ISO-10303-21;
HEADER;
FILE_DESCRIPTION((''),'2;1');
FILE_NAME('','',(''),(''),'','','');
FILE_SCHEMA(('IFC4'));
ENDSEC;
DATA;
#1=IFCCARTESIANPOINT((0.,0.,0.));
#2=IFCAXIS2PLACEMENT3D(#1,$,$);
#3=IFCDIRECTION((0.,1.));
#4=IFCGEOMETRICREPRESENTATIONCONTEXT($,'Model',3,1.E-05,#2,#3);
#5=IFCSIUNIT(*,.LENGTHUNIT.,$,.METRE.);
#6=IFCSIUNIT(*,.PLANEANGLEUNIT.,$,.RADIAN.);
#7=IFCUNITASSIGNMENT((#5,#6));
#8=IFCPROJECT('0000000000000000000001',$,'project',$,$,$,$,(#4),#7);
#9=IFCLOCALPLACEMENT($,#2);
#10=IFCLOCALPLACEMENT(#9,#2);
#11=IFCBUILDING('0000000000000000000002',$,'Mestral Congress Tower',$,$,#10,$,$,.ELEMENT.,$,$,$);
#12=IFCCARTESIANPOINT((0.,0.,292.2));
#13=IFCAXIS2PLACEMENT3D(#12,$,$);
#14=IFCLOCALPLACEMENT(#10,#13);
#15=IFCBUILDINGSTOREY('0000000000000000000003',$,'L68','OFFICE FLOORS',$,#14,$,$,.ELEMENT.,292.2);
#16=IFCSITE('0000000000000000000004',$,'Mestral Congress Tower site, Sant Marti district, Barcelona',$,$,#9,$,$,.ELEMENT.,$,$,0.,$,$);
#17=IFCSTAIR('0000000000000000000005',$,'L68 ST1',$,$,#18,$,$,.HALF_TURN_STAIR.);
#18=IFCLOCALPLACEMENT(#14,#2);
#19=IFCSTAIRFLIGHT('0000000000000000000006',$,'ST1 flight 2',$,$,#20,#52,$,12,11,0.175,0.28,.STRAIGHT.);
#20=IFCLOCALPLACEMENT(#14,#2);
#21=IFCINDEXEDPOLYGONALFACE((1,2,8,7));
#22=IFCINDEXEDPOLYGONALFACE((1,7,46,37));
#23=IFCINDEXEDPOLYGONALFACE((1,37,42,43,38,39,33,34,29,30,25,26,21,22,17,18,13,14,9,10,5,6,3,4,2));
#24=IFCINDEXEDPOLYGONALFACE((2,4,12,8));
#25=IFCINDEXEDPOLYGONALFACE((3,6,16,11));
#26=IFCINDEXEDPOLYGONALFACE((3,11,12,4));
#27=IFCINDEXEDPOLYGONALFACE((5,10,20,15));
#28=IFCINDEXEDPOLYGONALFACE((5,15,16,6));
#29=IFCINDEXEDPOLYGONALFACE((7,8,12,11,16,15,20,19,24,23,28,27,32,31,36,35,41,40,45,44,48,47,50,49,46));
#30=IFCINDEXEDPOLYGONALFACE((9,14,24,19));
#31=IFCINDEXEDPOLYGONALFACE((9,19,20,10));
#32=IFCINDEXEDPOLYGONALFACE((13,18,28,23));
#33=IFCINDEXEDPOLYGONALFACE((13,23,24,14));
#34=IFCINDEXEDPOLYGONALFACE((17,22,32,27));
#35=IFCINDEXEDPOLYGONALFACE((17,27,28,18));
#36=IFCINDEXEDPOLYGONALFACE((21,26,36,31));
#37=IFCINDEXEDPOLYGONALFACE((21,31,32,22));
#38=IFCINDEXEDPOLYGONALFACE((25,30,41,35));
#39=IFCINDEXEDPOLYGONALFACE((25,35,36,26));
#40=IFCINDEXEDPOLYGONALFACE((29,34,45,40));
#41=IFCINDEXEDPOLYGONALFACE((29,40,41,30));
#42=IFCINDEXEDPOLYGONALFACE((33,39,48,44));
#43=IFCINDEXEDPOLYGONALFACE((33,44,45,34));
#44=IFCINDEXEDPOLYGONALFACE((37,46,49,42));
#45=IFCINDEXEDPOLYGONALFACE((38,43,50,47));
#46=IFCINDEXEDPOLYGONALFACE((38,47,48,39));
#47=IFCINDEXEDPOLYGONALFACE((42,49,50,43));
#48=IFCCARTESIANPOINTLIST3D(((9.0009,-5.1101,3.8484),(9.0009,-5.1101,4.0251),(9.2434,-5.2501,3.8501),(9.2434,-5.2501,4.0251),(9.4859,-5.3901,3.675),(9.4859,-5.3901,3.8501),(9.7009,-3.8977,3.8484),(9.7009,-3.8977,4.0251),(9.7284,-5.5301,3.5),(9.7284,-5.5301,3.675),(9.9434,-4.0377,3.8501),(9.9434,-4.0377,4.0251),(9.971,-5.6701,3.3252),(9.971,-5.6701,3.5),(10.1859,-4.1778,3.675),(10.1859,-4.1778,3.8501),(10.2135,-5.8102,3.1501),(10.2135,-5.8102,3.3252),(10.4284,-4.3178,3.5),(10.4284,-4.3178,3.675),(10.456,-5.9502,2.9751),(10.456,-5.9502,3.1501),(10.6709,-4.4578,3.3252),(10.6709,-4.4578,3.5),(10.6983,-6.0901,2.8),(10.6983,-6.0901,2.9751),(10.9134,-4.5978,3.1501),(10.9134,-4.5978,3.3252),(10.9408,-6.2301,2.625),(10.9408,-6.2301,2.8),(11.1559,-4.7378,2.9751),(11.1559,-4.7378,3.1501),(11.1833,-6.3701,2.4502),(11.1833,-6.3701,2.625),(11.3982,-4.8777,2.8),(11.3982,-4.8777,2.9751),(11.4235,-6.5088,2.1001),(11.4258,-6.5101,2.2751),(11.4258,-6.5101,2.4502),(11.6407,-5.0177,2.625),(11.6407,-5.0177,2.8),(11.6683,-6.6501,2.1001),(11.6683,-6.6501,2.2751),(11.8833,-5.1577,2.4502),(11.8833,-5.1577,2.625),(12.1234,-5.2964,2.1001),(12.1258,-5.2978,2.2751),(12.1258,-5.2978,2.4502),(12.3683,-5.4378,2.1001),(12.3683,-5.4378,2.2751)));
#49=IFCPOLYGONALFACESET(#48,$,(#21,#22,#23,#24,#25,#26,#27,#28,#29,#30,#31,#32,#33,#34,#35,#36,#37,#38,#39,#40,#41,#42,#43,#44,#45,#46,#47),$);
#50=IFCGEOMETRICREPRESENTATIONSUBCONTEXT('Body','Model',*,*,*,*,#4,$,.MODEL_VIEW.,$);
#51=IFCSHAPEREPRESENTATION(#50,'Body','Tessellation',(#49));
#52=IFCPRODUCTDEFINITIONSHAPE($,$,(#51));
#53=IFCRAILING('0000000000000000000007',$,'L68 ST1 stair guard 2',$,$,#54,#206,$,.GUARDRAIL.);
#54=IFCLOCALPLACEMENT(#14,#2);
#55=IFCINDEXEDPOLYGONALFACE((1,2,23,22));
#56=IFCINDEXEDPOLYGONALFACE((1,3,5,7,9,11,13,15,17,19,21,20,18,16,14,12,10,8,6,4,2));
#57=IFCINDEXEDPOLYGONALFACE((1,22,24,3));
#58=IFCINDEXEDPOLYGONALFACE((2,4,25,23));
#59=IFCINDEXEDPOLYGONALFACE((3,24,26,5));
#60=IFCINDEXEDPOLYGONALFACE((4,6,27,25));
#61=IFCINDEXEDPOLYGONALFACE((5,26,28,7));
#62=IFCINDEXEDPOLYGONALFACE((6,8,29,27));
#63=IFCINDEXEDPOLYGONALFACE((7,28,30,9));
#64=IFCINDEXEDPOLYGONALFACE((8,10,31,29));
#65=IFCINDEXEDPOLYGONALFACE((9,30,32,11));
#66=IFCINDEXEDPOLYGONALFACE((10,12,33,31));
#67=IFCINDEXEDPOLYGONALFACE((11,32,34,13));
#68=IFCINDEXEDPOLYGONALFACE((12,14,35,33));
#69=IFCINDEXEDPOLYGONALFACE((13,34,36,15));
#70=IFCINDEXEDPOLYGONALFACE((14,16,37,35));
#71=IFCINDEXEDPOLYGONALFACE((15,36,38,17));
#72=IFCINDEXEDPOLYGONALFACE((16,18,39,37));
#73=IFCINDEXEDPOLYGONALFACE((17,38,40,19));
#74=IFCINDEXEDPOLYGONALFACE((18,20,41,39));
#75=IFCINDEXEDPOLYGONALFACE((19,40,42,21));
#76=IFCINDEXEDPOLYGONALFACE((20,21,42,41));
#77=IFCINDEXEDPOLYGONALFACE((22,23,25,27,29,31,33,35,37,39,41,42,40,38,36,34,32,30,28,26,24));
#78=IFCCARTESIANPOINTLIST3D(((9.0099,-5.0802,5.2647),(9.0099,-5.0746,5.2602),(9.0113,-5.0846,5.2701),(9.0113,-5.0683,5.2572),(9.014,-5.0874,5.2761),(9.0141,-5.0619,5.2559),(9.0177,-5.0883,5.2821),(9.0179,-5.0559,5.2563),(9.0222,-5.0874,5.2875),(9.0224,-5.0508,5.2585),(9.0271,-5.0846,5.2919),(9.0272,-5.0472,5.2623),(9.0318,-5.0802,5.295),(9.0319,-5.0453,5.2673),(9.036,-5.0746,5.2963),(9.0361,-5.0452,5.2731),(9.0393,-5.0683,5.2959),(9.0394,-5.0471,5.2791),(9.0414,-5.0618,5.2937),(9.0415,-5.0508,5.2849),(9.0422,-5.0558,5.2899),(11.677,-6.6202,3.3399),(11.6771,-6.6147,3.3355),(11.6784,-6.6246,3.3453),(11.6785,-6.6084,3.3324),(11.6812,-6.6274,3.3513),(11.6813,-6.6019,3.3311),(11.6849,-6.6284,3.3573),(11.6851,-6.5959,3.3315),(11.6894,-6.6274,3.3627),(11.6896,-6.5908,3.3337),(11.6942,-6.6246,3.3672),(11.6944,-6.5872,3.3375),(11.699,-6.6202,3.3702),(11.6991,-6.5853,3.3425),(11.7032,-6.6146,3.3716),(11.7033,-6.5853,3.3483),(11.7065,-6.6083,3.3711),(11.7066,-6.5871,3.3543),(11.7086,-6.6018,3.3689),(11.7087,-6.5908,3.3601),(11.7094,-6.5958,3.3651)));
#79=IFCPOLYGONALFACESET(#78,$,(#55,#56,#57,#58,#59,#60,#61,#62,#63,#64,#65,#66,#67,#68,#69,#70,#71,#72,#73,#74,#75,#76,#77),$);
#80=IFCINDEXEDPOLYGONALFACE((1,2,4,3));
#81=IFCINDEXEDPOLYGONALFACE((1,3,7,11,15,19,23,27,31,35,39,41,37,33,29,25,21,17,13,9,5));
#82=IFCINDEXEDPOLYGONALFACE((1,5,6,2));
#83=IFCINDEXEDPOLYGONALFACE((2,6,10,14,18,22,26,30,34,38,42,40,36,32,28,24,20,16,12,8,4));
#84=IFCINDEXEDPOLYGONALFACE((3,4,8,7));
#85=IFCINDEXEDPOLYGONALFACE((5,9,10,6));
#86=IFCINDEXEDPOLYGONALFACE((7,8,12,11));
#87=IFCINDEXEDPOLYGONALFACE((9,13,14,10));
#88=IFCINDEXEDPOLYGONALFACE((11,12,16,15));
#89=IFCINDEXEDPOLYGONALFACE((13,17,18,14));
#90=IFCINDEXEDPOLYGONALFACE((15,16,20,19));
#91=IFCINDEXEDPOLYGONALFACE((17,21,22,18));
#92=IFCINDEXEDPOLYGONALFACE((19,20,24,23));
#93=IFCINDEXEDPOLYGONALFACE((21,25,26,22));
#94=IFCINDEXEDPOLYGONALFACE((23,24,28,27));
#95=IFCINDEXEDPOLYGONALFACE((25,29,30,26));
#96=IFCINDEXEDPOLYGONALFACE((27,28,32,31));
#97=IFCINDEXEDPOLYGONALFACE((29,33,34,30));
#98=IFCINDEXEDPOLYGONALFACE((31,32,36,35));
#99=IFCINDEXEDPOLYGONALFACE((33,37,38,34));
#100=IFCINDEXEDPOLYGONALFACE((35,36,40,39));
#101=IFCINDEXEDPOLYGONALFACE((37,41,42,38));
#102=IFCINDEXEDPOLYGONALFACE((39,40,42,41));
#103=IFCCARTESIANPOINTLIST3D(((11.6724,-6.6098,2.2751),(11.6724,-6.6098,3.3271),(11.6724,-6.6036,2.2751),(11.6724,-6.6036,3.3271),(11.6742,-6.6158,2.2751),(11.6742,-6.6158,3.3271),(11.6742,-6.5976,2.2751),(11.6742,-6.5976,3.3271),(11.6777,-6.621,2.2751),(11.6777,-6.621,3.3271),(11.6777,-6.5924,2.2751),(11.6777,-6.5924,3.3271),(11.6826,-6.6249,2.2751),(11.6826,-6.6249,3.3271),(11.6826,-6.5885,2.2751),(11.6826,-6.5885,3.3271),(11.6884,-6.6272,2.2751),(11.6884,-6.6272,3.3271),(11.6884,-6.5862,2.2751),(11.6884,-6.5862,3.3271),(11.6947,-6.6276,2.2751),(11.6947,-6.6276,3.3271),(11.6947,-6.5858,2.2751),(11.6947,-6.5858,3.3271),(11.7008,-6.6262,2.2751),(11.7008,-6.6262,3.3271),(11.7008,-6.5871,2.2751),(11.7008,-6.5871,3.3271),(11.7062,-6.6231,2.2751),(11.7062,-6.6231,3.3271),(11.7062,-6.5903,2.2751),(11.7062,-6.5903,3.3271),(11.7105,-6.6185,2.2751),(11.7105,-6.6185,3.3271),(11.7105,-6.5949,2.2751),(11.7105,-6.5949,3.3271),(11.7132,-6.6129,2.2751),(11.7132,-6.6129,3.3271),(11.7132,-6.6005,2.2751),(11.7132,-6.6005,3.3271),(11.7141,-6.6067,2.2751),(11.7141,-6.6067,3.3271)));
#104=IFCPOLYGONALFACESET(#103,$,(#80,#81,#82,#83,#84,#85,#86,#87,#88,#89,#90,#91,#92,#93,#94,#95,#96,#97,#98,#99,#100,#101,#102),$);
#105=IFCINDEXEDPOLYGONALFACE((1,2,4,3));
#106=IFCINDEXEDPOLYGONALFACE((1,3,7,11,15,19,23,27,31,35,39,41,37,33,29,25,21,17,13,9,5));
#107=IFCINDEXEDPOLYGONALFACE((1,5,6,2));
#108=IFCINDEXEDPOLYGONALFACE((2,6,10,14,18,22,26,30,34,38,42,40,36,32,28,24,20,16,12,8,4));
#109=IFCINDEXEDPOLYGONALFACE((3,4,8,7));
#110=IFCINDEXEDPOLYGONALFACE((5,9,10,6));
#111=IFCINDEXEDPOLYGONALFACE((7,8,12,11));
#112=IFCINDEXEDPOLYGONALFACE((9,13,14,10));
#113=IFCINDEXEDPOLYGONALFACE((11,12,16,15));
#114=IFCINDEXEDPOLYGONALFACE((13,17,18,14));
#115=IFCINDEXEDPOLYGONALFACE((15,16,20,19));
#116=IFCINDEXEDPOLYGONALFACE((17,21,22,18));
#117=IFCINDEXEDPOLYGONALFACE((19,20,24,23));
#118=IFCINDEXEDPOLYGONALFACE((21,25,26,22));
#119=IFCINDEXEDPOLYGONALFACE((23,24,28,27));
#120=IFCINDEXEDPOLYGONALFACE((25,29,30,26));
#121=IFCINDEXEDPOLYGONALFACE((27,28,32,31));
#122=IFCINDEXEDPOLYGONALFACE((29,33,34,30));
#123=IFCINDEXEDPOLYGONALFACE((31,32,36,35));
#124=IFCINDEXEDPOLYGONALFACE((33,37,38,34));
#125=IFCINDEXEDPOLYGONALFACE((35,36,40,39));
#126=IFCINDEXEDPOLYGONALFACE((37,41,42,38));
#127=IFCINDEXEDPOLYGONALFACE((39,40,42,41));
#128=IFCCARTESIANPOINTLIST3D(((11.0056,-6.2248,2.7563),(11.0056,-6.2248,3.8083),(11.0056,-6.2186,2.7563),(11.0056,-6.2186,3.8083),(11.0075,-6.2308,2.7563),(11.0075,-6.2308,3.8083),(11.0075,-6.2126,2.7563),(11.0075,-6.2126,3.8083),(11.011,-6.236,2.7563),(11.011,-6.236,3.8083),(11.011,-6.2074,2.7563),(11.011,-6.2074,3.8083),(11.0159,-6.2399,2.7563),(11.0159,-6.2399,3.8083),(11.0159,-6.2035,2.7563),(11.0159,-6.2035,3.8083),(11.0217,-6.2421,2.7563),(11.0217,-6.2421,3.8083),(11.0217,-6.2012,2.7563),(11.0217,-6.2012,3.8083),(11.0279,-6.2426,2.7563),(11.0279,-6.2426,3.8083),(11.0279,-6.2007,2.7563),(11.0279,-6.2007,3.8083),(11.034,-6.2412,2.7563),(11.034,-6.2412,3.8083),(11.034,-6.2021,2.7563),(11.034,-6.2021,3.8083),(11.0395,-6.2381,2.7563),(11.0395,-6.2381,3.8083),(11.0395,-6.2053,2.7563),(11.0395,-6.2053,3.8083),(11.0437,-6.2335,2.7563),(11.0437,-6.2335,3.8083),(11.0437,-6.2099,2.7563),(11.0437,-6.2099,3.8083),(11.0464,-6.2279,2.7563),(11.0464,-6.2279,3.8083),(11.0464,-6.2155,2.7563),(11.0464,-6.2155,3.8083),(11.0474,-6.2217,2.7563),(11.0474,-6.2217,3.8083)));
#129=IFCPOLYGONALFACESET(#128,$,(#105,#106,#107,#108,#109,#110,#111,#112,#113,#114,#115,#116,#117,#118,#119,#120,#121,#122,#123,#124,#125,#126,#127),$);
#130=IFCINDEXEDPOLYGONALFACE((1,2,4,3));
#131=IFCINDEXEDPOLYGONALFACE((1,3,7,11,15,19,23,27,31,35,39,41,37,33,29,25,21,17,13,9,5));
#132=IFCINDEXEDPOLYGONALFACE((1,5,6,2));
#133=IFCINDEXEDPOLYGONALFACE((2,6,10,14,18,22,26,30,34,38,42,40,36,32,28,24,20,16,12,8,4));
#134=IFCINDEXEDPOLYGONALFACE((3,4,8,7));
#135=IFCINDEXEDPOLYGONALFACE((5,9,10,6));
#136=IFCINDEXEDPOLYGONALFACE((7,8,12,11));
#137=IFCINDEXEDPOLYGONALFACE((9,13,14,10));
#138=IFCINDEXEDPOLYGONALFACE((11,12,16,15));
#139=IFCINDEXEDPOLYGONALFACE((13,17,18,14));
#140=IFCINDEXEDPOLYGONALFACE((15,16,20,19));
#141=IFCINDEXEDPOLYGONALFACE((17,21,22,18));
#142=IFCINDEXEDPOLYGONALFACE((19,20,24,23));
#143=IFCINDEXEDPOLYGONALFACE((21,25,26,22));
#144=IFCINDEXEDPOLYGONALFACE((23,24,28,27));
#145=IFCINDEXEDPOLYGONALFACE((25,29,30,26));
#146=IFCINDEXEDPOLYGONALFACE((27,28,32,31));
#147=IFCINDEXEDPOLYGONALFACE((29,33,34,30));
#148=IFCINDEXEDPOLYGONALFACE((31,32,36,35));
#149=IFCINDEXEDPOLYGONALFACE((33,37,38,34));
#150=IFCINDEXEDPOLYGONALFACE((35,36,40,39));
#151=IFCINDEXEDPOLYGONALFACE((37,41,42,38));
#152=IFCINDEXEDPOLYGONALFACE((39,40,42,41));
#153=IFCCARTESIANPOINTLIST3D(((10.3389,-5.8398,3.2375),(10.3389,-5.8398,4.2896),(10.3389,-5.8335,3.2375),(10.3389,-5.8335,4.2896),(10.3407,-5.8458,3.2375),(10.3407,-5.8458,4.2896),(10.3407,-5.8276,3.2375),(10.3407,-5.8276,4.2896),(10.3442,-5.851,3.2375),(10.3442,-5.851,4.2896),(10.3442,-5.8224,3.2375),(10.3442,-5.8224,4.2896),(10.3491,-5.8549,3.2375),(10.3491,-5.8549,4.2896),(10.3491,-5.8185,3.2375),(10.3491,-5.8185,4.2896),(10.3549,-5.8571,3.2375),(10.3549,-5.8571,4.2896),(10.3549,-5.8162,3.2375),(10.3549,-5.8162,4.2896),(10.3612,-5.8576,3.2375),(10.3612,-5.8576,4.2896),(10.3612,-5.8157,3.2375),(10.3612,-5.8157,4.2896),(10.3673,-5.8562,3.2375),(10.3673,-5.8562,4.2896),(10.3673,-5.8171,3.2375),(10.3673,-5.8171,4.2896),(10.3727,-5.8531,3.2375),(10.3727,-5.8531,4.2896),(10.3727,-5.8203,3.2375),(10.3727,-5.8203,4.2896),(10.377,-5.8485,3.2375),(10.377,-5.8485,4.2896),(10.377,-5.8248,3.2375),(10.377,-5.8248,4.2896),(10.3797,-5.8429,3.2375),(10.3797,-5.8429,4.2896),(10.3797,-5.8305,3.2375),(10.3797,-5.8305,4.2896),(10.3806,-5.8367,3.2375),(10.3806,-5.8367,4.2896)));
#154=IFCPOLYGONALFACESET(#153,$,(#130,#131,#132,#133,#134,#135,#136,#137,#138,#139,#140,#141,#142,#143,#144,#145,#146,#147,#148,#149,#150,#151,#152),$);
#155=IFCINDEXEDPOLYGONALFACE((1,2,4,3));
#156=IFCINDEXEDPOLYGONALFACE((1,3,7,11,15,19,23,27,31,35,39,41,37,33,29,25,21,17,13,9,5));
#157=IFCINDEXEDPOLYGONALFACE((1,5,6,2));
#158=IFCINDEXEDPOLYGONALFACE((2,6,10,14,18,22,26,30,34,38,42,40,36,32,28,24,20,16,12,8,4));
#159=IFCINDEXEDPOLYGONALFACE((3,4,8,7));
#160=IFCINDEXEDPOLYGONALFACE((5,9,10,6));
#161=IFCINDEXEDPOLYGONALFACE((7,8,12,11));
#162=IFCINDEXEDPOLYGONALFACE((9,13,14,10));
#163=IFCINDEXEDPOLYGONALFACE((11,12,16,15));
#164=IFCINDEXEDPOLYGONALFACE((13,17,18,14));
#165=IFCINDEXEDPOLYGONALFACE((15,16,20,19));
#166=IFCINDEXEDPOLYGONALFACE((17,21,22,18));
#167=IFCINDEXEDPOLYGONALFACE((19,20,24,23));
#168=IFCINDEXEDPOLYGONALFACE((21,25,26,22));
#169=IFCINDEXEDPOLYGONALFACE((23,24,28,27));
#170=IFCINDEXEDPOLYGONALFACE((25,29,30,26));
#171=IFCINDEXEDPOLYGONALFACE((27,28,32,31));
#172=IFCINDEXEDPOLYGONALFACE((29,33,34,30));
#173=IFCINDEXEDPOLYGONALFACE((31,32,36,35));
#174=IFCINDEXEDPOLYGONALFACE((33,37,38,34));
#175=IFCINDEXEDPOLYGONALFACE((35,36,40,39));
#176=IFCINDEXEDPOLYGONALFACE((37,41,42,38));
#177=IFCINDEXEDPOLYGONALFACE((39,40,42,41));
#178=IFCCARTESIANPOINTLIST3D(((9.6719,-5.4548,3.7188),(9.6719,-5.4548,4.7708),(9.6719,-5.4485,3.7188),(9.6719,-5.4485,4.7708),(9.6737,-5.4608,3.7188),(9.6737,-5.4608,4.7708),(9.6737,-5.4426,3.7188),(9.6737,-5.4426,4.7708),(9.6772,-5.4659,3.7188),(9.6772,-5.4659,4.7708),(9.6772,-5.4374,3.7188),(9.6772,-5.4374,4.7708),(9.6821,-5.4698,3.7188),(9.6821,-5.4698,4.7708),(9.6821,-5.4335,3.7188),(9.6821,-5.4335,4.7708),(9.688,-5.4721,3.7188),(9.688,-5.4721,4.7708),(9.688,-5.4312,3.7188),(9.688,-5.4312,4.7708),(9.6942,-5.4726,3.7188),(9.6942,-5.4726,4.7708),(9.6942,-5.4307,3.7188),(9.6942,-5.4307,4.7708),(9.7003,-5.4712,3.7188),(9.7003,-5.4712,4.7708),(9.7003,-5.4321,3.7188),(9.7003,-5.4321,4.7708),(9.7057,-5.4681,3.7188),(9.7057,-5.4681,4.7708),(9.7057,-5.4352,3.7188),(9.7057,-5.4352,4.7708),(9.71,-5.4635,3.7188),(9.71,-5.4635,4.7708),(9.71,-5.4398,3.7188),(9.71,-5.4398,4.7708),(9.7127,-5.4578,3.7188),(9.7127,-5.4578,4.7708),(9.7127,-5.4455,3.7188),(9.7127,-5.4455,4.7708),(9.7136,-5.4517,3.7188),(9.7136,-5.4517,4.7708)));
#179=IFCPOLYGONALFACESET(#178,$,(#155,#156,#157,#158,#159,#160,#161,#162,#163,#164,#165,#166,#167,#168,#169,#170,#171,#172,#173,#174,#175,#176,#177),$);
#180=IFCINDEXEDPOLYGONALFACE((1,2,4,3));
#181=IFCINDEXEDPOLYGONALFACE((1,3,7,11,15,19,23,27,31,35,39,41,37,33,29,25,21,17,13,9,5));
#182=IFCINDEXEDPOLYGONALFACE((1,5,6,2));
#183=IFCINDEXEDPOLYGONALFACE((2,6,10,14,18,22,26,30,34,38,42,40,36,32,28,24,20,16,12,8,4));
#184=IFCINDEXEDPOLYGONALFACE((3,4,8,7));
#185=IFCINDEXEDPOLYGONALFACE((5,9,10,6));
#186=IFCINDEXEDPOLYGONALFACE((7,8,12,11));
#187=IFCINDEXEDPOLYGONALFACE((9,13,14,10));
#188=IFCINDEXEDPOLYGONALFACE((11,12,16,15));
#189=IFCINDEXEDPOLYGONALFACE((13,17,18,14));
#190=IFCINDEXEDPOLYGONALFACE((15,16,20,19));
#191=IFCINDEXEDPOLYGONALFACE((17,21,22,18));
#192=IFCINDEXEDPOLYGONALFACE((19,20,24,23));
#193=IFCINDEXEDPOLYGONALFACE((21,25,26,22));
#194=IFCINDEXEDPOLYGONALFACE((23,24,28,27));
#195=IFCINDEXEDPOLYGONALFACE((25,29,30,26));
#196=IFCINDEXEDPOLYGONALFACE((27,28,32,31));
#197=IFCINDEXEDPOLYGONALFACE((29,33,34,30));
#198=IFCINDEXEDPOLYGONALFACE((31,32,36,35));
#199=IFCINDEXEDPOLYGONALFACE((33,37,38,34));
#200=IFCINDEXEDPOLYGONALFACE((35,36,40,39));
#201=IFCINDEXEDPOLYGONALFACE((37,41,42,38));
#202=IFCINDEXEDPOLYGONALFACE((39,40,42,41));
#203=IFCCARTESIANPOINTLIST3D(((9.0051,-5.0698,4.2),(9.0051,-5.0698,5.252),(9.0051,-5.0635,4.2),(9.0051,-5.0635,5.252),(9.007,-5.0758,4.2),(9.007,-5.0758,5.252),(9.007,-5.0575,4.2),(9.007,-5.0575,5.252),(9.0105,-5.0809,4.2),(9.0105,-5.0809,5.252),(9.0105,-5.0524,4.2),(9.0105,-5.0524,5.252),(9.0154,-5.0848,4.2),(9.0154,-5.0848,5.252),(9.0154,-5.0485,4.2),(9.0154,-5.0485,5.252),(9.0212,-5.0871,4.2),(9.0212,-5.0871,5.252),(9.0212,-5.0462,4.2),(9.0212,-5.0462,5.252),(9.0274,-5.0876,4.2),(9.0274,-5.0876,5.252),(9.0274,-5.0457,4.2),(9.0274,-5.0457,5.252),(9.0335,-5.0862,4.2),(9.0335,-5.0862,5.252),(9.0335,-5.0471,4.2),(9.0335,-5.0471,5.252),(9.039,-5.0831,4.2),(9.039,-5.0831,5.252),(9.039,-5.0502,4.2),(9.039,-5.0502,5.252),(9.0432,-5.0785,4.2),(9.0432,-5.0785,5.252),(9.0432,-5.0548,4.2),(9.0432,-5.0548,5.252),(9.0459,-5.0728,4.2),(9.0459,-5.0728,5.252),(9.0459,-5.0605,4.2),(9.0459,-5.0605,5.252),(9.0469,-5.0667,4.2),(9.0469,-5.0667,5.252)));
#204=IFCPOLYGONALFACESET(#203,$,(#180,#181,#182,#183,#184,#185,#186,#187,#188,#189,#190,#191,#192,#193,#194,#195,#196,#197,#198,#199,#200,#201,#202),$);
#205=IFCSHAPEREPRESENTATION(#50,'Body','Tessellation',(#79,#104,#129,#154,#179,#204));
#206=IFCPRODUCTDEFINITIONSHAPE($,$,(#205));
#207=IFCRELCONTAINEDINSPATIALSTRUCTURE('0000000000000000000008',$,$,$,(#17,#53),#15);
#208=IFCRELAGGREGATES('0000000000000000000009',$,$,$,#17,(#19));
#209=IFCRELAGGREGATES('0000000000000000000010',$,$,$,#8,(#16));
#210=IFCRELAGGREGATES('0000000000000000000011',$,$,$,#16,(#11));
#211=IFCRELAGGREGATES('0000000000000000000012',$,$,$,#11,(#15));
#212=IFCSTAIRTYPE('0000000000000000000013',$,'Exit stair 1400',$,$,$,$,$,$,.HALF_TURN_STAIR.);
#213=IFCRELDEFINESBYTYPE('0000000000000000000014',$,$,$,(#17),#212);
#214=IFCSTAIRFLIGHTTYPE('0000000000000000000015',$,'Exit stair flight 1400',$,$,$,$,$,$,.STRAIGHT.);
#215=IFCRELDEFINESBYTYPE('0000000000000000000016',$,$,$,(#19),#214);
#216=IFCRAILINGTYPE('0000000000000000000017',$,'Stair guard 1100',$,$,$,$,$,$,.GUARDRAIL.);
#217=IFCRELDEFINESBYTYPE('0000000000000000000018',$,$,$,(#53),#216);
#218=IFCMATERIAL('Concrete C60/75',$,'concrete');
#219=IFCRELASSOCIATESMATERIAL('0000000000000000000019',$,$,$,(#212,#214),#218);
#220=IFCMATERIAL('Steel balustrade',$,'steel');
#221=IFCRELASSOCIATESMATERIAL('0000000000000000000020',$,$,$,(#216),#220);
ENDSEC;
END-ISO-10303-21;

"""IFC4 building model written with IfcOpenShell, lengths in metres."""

from ifc_helpers import new_model, si_unit, direction, frame, origin, origin_2d, place, context, subcontext, project, spatial, polyline, circle, outline, extrude, material, type_object, element, aggregate, save


model = new_model("IFC4")

# Units and contexts
model_context = context("Model", 3, precision=1e-05, world=origin(), true_north=direction((0.0, 1.0)))
body_context = subcontext(model_context, "Body", "Model", "MODEL_VIEW")
ifc_project = project(units=[si_unit("LENGTHUNIT", "METRE"), si_unit("PLANEANGLEUNIT", "RADIAN")], contexts=[model_context])

# Site, building, storey
site_placement = place(None, origin())
site = spatial("IfcSite", under=ifc_project, at=site_placement, Name="Mestral Congress Tower site, Sant Marti district, Barcelona", CompositionType="ELEMENT", RefElevation=0.0)
building_placement = place(site_placement, origin())
building = spatial("IfcBuilding", under=site, at=building_placement, Name="Mestral Congress Tower", CompositionType="ELEMENT")
storey_placement = place(building_placement, frame((0.0, 0.0, 292.2)))
storey = spatial("IfcBuildingStorey", under=building, at=storey_placement, Name="L68", Description="OFFICE FLOORS", CompositionType="ELEMENT", Elevation=292.2)

# Shared definitions
ifc_material_1 = material(Name="Concrete C60/75", Category="concrete")

# Stair, stair flight
stair_type = type_object("IfcStairType", Name="Exit stair 1400", PredefinedType="HALF_TURN_STAIR", material=ifc_material_1)
stair_placement = place(storey_placement, origin())
stair = element("IfcStair", 1, at=stair_placement, inside=storey, type_object=stair_type, Name="L68 ST1", PredefinedType="HALF_TURN_STAIR")
stair_flight_type = type_object("IfcStairFlightType", Name="Exit stair flight 1400", PredefinedType="STRAIGHT", material=ifc_material_1)
stair_flight_placement = place(storey_placement, frame((12.0183, -6.0439, 2.1001), z_axis=(0.0, 0.0, 1.0), x_axis=(-0.866025, 0.5, 0.0)))
stair_flight = element("IfcStairFlight", 2, at=stair_flight_placement, type_object=stair_flight_type, Name="ST1 flight 2", NumberOfRisers=12, NumberOfTreads=11, PredefinedType="STRAIGHT", RiserHeight=0.175, TreadLength=0.28, context=body_context, shape_type="SweptSolid", body=[
    extrude(outline(polyline([(0.0, 0.0), (0.0, 0.175), (0.28, 0.175), (0.28, 0.3501), (0.5601, 0.3501), (0.5601, 0.5249), (0.8401, 0.5249), (0.8401, 0.7), (1.1201, 0.7), (1.1201, 0.875), (1.3999, 0.875), (1.3999, 1.05), (1.6799, 1.05), (1.6799, 1.2251), (1.96, 1.2251), (1.96, 1.3999), (2.24, 1.3999), (2.24, 1.575), (2.52, 1.575), (2.52, 1.75), (2.8, 1.75), (2.8, 1.925), (3.0801, 1.925), (3.0801, 2.1001), (3.0801, 1.7483), (0.2827, 0.0), (0.0, 0.0)])), frame((0.0, 0.7, 0.0), z_axis=(0.0, -1.0, 0.0), x_axis=(1.0, 0.0, 0.0)), (0.0, 0.0, 1.0), 1.3999),
])
aggregate(stair, [stair_flight])

# Railing
ifc_material_2 = material(Name="Steel balustrade", Category="steel")
railing_type = type_object("IfcRailingType", Name="Stair guard 1100", PredefinedType="GUARDRAIL", material=ifc_material_2)
railing_placement = place(storey_placement, frame((11.6931, -6.6067, 2.2751)))
element("IfcRailing", 3, at=railing_placement, inside=storey, type_object=railing_type, Name="L68 ST1 stair guard 2", PredefinedType="GUARDRAIL", context=body_context, shape_type="SweptSolid", body=[
    extrude(circle(Radius=0.0239, at=origin_2d()), frame((0.0, 0.0, 1.0762), z_axis=(-0.73439, 0.424031, 0.529971), x_axis=(-0.500027, -0.86601, 0.0)), (0.0, 0.0, 1.0), 3.6318),
    extrude(circle(Radius=0.021, at=origin_2d()), origin(), (0.0, 0.0, 1.0), 1.052),
    extrude(circle(Radius=0.021, at=origin_2d()), frame((-0.6667, 0.385, 0.4812)), (0.0, 0.0, 1.0), 1.052),
    extrude(circle(Radius=0.021, at=origin_2d()), frame((-1.3335, 0.77, 0.9624)), (0.0, 0.0, 1.0), 1.052),
    extrude(circle(Radius=0.021, at=origin_2d()), frame((-2.0005, 1.155, 1.4436)), (0.0, 0.0, 1.0), 1.052),
    extrude(circle(Radius=0.021, at=origin_2d()), frame((-2.6672, 1.54, 1.9248)), (0.0, 0.0, 1.0), 1.052),
])

save(model, "model.ifc")
